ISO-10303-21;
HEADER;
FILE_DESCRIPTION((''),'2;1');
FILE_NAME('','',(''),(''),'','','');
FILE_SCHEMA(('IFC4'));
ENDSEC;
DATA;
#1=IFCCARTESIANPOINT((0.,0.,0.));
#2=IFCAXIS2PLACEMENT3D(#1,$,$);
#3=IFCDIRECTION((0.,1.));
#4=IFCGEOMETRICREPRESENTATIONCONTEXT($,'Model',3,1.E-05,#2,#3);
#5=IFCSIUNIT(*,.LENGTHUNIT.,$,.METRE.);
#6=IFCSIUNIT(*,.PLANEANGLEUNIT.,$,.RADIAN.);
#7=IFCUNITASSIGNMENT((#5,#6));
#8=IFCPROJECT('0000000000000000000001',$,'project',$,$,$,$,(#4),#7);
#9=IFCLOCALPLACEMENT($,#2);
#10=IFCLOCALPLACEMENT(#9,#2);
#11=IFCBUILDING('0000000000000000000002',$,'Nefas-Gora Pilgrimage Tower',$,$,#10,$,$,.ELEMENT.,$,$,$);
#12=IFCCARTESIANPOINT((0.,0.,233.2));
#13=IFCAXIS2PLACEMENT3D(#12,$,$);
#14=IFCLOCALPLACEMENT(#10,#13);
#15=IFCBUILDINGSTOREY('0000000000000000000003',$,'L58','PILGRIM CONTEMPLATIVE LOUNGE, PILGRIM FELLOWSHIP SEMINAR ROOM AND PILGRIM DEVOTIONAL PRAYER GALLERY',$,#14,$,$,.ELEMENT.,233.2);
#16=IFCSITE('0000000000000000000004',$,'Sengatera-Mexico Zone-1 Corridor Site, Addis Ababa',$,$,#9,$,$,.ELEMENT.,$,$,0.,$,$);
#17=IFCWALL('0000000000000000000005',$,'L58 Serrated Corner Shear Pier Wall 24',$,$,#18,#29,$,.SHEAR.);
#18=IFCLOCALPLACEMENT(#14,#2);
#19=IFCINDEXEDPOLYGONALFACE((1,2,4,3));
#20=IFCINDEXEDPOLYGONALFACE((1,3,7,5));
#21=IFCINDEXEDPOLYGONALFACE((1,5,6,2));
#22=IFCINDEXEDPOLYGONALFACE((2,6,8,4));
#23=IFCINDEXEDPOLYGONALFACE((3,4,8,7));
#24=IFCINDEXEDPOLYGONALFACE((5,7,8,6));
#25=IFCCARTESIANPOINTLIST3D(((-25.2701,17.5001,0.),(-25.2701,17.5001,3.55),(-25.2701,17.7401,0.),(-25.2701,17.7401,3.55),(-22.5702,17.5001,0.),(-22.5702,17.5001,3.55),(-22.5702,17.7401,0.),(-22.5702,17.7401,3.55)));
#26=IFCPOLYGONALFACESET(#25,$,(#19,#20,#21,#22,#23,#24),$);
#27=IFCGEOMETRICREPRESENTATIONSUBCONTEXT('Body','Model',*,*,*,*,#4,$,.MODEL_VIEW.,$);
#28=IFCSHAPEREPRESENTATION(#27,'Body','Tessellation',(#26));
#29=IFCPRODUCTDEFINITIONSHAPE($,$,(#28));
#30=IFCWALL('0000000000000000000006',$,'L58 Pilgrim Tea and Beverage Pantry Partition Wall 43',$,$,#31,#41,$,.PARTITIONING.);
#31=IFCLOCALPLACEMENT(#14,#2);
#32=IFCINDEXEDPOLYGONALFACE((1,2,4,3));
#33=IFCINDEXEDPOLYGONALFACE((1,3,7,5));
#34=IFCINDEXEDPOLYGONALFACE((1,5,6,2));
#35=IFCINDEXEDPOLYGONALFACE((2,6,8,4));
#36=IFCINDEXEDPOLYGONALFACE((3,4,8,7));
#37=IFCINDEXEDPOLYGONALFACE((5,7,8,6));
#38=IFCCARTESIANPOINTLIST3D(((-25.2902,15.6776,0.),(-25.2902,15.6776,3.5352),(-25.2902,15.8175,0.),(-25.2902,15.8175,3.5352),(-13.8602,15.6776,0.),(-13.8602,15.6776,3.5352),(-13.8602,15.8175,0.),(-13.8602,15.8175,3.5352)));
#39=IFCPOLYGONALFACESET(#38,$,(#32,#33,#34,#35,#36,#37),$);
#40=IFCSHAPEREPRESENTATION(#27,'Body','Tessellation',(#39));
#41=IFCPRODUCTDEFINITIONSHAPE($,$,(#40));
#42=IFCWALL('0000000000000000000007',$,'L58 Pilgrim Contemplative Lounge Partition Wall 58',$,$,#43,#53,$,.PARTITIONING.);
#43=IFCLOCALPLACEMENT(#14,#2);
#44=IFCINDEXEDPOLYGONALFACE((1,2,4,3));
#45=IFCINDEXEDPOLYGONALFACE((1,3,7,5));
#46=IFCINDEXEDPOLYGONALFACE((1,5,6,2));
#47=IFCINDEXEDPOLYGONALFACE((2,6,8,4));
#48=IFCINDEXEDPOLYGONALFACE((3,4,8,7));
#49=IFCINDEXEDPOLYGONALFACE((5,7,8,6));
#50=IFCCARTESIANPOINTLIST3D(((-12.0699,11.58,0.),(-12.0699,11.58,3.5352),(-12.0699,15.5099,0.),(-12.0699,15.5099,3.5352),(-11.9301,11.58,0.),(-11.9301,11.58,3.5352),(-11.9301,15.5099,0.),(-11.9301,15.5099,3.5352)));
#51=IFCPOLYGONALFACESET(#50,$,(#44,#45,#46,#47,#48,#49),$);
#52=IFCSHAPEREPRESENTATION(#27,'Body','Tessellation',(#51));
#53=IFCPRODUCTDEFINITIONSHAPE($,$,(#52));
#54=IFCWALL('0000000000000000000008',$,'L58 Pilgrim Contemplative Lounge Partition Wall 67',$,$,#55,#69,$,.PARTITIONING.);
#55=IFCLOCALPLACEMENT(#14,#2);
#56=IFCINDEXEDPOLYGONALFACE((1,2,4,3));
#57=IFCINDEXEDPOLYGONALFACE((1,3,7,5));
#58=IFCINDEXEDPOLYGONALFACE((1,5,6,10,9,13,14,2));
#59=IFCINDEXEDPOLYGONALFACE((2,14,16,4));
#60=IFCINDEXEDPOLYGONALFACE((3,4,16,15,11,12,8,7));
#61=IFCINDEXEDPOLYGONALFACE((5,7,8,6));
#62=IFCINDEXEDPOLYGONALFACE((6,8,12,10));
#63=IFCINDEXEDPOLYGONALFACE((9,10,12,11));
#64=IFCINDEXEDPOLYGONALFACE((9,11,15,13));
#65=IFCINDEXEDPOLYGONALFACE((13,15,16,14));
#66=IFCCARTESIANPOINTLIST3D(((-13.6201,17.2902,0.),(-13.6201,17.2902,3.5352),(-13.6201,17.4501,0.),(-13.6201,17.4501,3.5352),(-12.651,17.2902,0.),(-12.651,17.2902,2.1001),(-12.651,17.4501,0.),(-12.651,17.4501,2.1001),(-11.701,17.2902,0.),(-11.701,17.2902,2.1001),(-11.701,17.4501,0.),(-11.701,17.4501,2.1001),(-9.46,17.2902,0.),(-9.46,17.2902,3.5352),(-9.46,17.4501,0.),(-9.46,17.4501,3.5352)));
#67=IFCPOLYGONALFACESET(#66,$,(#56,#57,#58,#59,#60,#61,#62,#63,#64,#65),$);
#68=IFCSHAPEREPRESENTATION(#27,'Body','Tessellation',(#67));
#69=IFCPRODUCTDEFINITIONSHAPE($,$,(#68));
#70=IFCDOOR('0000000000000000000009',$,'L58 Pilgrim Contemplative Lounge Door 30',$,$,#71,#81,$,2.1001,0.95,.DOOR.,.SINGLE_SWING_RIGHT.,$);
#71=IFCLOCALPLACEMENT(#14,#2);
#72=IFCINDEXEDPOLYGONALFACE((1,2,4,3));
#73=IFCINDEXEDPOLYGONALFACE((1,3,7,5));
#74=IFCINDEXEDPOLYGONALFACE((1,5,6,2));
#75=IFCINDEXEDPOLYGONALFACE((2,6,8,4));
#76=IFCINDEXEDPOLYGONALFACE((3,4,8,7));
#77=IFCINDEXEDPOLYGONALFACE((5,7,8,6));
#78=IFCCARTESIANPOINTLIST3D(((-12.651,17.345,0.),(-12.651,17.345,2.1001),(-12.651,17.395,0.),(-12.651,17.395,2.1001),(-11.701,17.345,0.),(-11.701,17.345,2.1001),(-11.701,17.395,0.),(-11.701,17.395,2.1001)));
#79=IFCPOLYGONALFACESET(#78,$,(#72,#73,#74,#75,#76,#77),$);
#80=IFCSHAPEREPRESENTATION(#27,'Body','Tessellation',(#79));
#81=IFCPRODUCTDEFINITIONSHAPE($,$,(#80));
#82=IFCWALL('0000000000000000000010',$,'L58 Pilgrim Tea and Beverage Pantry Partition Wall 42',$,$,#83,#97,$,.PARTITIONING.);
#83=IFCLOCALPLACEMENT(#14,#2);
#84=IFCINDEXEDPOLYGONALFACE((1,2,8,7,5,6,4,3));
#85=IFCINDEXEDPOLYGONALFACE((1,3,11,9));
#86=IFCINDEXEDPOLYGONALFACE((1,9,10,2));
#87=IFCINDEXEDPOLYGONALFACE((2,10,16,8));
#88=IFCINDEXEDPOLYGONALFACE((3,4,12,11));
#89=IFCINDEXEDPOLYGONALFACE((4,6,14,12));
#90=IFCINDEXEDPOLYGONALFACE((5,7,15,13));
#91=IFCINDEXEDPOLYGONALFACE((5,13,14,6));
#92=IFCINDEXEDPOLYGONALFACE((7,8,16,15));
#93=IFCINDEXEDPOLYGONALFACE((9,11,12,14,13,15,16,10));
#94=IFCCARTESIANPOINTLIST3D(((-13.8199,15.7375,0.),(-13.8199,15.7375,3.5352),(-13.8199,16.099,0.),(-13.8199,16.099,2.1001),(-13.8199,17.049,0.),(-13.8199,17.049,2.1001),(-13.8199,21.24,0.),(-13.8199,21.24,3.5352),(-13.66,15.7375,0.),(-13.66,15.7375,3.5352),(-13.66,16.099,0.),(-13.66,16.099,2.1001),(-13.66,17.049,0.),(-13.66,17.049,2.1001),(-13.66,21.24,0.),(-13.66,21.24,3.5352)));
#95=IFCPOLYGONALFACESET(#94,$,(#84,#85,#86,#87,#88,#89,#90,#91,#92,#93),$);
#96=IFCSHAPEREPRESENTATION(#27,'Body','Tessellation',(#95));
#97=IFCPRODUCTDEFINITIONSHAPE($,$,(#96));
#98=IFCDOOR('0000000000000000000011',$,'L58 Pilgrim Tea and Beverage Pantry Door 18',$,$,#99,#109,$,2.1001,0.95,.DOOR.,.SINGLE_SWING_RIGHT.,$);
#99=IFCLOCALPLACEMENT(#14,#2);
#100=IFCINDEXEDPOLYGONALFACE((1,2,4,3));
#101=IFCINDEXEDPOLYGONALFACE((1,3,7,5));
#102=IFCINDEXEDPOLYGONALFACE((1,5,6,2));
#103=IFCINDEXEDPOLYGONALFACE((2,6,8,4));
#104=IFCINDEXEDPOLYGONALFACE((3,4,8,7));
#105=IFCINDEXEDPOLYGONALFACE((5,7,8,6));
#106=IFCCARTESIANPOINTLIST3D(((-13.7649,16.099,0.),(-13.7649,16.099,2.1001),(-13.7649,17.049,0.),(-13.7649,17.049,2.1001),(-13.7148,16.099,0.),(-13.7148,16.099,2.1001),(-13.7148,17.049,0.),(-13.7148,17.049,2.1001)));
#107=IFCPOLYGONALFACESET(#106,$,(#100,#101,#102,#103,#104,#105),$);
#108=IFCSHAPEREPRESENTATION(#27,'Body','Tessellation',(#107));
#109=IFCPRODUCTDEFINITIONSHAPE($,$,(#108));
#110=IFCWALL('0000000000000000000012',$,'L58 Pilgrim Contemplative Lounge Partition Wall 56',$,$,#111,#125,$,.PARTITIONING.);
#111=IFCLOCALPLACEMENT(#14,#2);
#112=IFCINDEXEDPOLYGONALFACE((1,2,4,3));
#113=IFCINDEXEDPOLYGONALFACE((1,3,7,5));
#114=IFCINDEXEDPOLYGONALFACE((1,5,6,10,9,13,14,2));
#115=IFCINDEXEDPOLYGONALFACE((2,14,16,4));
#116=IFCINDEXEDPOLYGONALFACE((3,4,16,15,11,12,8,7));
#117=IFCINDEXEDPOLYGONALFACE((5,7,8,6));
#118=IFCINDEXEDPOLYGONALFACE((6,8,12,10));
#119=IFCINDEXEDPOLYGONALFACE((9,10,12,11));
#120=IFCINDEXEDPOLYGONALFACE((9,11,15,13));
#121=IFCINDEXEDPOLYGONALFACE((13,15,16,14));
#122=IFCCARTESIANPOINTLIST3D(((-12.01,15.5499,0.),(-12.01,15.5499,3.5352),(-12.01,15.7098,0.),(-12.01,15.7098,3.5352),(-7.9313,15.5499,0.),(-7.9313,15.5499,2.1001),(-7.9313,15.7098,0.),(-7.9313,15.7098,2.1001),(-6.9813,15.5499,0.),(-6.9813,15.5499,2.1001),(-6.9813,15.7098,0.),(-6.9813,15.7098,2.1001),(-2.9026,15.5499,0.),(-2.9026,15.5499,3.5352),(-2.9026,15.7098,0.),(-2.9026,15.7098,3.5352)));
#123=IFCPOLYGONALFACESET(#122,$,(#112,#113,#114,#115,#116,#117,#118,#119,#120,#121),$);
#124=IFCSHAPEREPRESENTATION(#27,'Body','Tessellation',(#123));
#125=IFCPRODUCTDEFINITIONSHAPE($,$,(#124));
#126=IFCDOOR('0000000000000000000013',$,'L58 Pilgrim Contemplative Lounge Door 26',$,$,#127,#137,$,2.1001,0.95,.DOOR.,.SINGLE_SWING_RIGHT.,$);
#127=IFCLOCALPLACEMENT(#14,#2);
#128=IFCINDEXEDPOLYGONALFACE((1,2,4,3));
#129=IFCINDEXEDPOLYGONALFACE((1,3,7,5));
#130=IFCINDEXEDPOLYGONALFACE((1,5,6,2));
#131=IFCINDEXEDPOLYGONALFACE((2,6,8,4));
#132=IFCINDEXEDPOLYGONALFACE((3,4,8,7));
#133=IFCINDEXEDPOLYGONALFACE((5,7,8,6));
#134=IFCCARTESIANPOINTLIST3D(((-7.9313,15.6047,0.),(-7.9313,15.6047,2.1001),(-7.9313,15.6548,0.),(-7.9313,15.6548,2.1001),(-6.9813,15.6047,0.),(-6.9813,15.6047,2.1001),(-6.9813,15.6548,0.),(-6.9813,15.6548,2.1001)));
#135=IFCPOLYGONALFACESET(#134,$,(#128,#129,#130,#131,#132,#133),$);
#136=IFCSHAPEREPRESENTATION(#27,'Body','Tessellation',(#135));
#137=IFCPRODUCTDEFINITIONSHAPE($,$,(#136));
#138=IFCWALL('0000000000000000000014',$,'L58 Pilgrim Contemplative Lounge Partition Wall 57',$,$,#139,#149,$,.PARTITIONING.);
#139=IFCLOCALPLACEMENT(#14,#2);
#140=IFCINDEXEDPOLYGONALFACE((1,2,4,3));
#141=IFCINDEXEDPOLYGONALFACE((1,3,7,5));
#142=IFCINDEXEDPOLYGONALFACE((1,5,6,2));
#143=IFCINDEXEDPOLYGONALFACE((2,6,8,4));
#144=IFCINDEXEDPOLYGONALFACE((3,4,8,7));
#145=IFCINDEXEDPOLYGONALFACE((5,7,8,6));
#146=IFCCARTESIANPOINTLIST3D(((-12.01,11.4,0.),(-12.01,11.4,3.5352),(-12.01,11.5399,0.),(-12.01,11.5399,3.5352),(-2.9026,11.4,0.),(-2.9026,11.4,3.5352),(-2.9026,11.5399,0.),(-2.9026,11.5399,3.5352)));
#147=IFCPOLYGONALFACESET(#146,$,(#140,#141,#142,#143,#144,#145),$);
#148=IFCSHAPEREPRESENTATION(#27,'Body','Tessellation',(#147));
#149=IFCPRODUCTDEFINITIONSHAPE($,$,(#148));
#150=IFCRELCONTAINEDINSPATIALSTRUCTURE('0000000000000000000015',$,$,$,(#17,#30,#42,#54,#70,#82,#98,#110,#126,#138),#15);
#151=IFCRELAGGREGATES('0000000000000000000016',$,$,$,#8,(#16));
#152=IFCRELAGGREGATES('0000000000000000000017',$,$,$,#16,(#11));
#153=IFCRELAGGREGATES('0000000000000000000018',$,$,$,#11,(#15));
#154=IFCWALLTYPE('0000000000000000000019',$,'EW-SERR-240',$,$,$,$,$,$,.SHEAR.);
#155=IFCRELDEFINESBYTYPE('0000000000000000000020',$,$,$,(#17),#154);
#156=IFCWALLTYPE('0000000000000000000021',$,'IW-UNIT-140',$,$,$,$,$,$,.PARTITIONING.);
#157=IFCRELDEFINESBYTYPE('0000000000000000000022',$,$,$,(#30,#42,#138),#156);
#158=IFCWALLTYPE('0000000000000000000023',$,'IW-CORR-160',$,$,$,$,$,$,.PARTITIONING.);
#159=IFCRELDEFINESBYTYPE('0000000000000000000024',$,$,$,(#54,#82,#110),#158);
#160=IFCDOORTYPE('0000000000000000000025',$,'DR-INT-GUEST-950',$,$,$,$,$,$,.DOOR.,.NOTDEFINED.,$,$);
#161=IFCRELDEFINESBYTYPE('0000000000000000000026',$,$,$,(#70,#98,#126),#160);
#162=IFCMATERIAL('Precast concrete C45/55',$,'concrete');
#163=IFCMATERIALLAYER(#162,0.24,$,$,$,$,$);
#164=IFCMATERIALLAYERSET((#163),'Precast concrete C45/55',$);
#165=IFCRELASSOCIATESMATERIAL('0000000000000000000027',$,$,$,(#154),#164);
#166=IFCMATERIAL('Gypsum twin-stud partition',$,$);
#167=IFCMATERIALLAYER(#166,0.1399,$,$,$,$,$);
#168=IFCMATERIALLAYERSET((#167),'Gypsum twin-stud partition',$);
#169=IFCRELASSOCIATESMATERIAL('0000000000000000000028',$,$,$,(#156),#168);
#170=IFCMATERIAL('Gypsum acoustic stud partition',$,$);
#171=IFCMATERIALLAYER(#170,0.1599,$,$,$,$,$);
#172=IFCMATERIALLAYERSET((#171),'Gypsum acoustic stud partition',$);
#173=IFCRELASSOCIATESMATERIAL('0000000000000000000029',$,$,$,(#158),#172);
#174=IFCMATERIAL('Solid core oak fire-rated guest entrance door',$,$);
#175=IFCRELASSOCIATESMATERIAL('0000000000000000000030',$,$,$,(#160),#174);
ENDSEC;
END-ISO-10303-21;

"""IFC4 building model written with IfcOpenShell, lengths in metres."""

from ifc_helpers import new_model, si_unit, direction, frame, frame_2d, origin, place, context, subcontext, project, spatial, rectangle, extrude, source, transform, mapped, material, layer, layer_set, type_object, element, fill, save


model = new_model("IFC4")

# Units and contexts
model_context = context("Model", 3, precision=1e-05, world=origin(), true_north=direction((0.0, 1.0)))
body_context = subcontext(model_context, "Body", "Model", "MODEL_VIEW")
ifc_project = project(units=[si_unit("LENGTHUNIT", "METRE"), si_unit("PLANEANGLEUNIT", "RADIAN")], contexts=[model_context])

# Site, building, storey
site_placement = place(None, origin())
site = spatial("IfcSite", under=ifc_project, at=site_placement, Name="Sengatera-Mexico Zone-1 Corridor Site, Addis Ababa", CompositionType="ELEMENT", RefElevation=0.0)
building_placement = place(site_placement, origin())
building = spatial("IfcBuilding", under=site, at=building_placement, Name="Nefas-Gora Pilgrimage Tower", CompositionType="ELEMENT")
storey_placement = place(building_placement, frame((0.0, 0.0, 233.2)))
storey = spatial("IfcBuildingStorey", under=building, at=storey_placement, Name="L58", Description="PILGRIM CONTEMPLATIVE LOUNGE, PILGRIM FELLOWSHIP SEMINAR ROOM AND PILGRIM DEVOTIONAL PRAYER GALLERY", CompositionType="ELEMENT", Elevation=233.2)

# Shared definitions
ifc_material_1 = material(Name="Precast concrete C45/55", Category="concrete")
ifc_layer_1 = layer(ifc_material_1, 0.24)
ifc_layer_set_1 = layer_set([ifc_layer_1], Name="Precast concrete C45/55")
wall_type_1 = type_object("IfcWallType", Name="EW-SERR-240", PredefinedType="SHEAR", material=ifc_layer_set_1)
shared_shape_1 = source(origin(), body_context, "Body", "SweptSolid", [
    extrude(rectangle(XDim=2.7, YDim=0.24, at=frame_2d((1.3501, 0.0))), origin(), (0.0, 0.0, 1.0), 3.55),
])

# Walls
for number, where, z_axis, x_axis, name in (
    (1, (-22.5701, 17.6201, 0.0), (0.0, 0.0, 1.0), (-1.0, 0.0, 0.0), "L58 Serrated Corner Shear Pier Wall 24"),
):
    element("IfcWall", number, at=place(storey_placement, frame(where, z_axis=z_axis, x_axis=x_axis)), inside=storey, type_object=wall_type_1, Name=name, PredefinedType="SHEAR", context=body_context, shape_type="MappedRepresentation", body=[
        mapped(shared_shape_1, transform((0.0, 0.0, 0.0), x_axis=(1.0, 0.0, 0.0), y_axis=(0.0, 1.0, 0.0), z_axis=(0.0, 0.0, 1.0), scale=1.0)),
    ])
ifc_material_2 = material(Name="Gypsum twin-stud partition")
ifc_layer_2 = layer(ifc_material_2, 0.1399)
ifc_layer_set_2 = layer_set([ifc_layer_2], Name="Gypsum twin-stud partition")
wall_type_2 = type_object("IfcWallType", Name="IW-UNIT-140", PredefinedType="PARTITIONING", material=ifc_layer_set_2)
shared_shape_2 = source(origin(), body_context, "Body", "SweptSolid", [
    extrude(rectangle(XDim=11.4299, YDim=0.1399, at=frame_2d((5.7148, 0.0))), origin(), (0.0, 0.0, 1.0), 3.5352),
])
wall_1_placement = place(storey_placement, frame((-25.29, 15.7476, 0.0), z_axis=(0.0, 0.0, 1.0), x_axis=(1.0, 0.0, 0.0)))
element("IfcWall", 2, at=wall_1_placement, inside=storey, type_object=wall_type_2, Name="L58 Pilgrim Tea and Beverage Pantry Partition Wall 43", PredefinedType="PARTITIONING", context=body_context, shape_type="MappedRepresentation", body=[
    mapped(shared_shape_2, transform((0.0, 0.0, 0.0), x_axis=(1.0, 0.0, 0.0), y_axis=(0.0, 1.0, 0.0), z_axis=(0.0, 0.0, 1.0), scale=1.0)),
])
shared_shape_3 = source(origin(), body_context, "Body", "SweptSolid", [
    extrude(rectangle(XDim=3.9299, YDim=0.1399, at=frame_2d((1.9648, 0.0))), origin(), (0.0, 0.0, 1.0), 3.5352),
])
wall_2_placement = place(storey_placement, frame((-12.0, 11.5801, 0.0), z_axis=(0.0, 0.0, 1.0), x_axis=(0.0, 1.0, 0.0)))
element("IfcWall", 3, at=wall_2_placement, inside=storey, type_object=wall_type_2, Name="L58 Pilgrim Contemplative Lounge Partition Wall 58", PredefinedType="PARTITIONING", context=body_context, shape_type="MappedRepresentation", body=[
    mapped(shared_shape_3, transform((0.0, 0.0, 0.0), x_axis=(1.0, 0.0, 0.0), y_axis=(0.0, 1.0, 0.0), z_axis=(0.0, 0.0, 1.0), scale=1.0)),
])

# Walls, openings, doors
ifc_material_3 = material(Name="Gypsum acoustic stud partition")
ifc_layer_3 = layer(ifc_material_3, 0.1599)
ifc_layer_set_3 = layer_set([ifc_layer_3], Name="Gypsum acoustic stud partition")
wall_type_3 = type_object("IfcWallType", Name="IW-CORR-160", PredefinedType="PARTITIONING", material=ifc_layer_set_3)
shared_shape_4 = source(origin(), body_context, "Body", "SweptSolid", [
    extrude(rectangle(XDim=4.1602, YDim=0.1599, at=frame_2d((2.0801, 0.0))), origin(), (0.0, 0.0, 1.0), 3.5352),
])
wall_3_placement = place(storey_placement, frame((-13.6201, 17.3701, 0.0), z_axis=(0.0, 0.0, 1.0), x_axis=(1.0, 0.0, 0.0)))
wall_3 = element("IfcWall", 4, at=wall_3_placement, inside=storey, type_object=wall_type_3, Name="L58 Pilgrim Contemplative Lounge Partition Wall 67", PredefinedType="PARTITIONING", context=body_context, shape_type="MappedRepresentation", body=[
    mapped(shared_shape_4, transform((0.0, 0.0, 0.0), x_axis=(1.0, 0.0, 0.0), y_axis=(0.0, 1.0, 0.0), z_axis=(0.0, 0.0, 1.0), scale=1.0)),
])
opening_1_placement = place(wall_3_placement, frame((0.969, 0.0, 0.0)))
opening_1 = element("IfcOpeningElement", 5, at=opening_1_placement, cuts=wall_3, PredefinedType="OPENING", context=body_context, shape_type="SweptSolid", body=[
    extrude(rectangle(XDim=0.95, YDim=2.1001, at=frame_2d((0.4751, 1.05))), frame((0.0, 0.0898, 0.0), z_axis=(0.0, -1.0, 0.0), x_axis=(1.0, 0.0, 0.0)), (0.0, 0.0, 1.0), 0.1799),
])
ifc_material_4 = material(Name="Solid core oak fire-rated guest entrance door")
door_type = type_object("IfcDoorType", Name="DR-INT-GUEST-950", OperationType="NOTDEFINED", PredefinedType="DOOR", material=ifc_material_4)
shared_shape_5 = source(origin(), body_context, "Body", "SweptSolid", [
    extrude(rectangle(XDim=0.95, YDim=2.1001, at=frame_2d((0.4751, 1.05))), frame((0.0, 0.0249, 0.0), z_axis=(0.0, -1.0, 0.0), x_axis=(1.0, 0.0, 0.0)), (0.0, 0.0, 1.0), 0.05),
])
door_1_placement = place(opening_1_placement, origin())
door_1 = element("IfcDoor", 6, at=door_1_placement, inside=storey, type_object=door_type, Name="L58 Pilgrim Contemplative Lounge Door 30", OperationType="SINGLE_SWING_RIGHT", OverallHeight=2.1001, OverallWidth=0.95, PredefinedType="DOOR", context=body_context, shape_type="MappedRepresentation", body=[
    mapped(shared_shape_5, transform((0.0, 0.0, 0.0), x_axis=(1.0, 0.0, 0.0), y_axis=(0.0, 1.0, 0.0), z_axis=(0.0, 0.0, 1.0), scale=1.0)),
])
fill(opening_1, door_1)
shared_shape_6 = source(origin(), body_context, "Body", "SweptSolid", [
    extrude(rectangle(XDim=5.5024, YDim=0.1599, at=frame_2d((2.7512, 0.0))), origin(), (0.0, 0.0, 1.0), 3.5352),
])
wall_4_placement = place(storey_placement, frame((-13.74, 15.7375, 0.0), z_axis=(0.0, 0.0, 1.0), x_axis=(0.0, 1.0, 0.0)))
wall_4 = element("IfcWall", 7, at=wall_4_placement, inside=storey, type_object=wall_type_3, Name="L58 Pilgrim Tea and Beverage Pantry Partition Wall 42", PredefinedType="PARTITIONING", context=body_context, shape_type="MappedRepresentation", body=[
    mapped(shared_shape_6, transform((0.0, 0.0, 0.0), x_axis=(1.0, 0.0, 0.0), y_axis=(0.0, 1.0, 0.0), z_axis=(0.0, 0.0, 1.0), scale=1.0)),
])
opening_2_placement = place(wall_4_placement, frame((0.3613, 0.0, 0.0)))
opening_2 = element("IfcOpeningElement", 8, at=opening_2_placement, cuts=wall_4, PredefinedType="OPENING", context=body_context, shape_type="SweptSolid", body=[
    extrude(rectangle(XDim=0.95, YDim=2.1001, at=frame_2d((0.4751, 1.05))), frame((0.0, 0.0898, 0.0), z_axis=(0.0, -1.0, 0.0), x_axis=(1.0, 0.0, 0.0)), (0.0, 0.0, 1.0), 0.1799),
])
door_2_placement = place(opening_2_placement, origin())
door_2 = element("IfcDoor", 9, at=door_2_placement, inside=storey, type_object=door_type, Name="L58 Pilgrim Tea and Beverage Pantry Door 18", OperationType="SINGLE_SWING_RIGHT", OverallHeight=2.1001, OverallWidth=0.95, PredefinedType="DOOR", context=body_context, shape_type="MappedRepresentation", body=[
    mapped(shared_shape_5, transform((0.0, 0.0, 0.0), x_axis=(1.0, 0.0, 0.0), y_axis=(0.0, 1.0, 0.0), z_axis=(0.0, 0.0, 1.0), scale=1.0)),
])
fill(opening_2, door_2)
shared_shape_7 = source(origin(), body_context, "Body", "SweptSolid", [
    extrude(rectangle(XDim=9.1074, YDim=0.1599, at=frame_2d((4.5537, 0.0))), origin(), (0.0, 0.0, 1.0), 3.5352),
])
wall_5_placement = place(storey_placement, frame((-12.01, 15.6299, 0.0), z_axis=(0.0, 0.0, 1.0), x_axis=(1.0, 0.0, 0.0)))
wall_5 = element("IfcWall", 10, at=wall_5_placement, inside=storey, type_object=wall_type_3, Name="L58 Pilgrim Contemplative Lounge Partition Wall 56", PredefinedType="PARTITIONING", context=body_context, shape_type="MappedRepresentation", body=[
    mapped(shared_shape_7, transform((0.0, 0.0, 0.0), x_axis=(1.0, 0.0, 0.0), y_axis=(0.0, 1.0, 0.0), z_axis=(0.0, 0.0, 1.0), scale=1.0)),
])
opening_3_placement = place(wall_5_placement, frame((4.0786, 0.0, 0.0)))
opening_3 = element("IfcOpeningElement", 11, at=opening_3_placement, cuts=wall_5, PredefinedType="OPENING", context=body_context, shape_type="SweptSolid", body=[
    extrude(rectangle(XDim=0.95, YDim=2.1001, at=frame_2d((0.4751, 1.05))), frame((0.0, 0.0898, 0.0), z_axis=(0.0, -1.0, 0.0), x_axis=(1.0, 0.0, 0.0)), (0.0, 0.0, 1.0), 0.1799),
])
door_3_placement = place(opening_3_placement, origin())
door_3 = element("IfcDoor", 12, at=door_3_placement, inside=storey, type_object=door_type, Name="L58 Pilgrim Contemplative Lounge Door 26", OperationType="SINGLE_SWING_RIGHT", OverallHeight=2.1001, OverallWidth=0.95, PredefinedType="DOOR", context=body_context, shape_type="MappedRepresentation", body=[
    mapped(shared_shape_5, transform((0.0, 0.0, 0.0), x_axis=(1.0, 0.0, 0.0), y_axis=(0.0, 1.0, 0.0), z_axis=(0.0, 0.0, 1.0), scale=1.0)),
])
fill(opening_3, door_3)

# Wall
shared_shape_8 = source(origin(), body_context, "Body", "SweptSolid", [
    extrude(rectangle(XDim=9.1074, YDim=0.1399, at=frame_2d((4.5537, 0.0))), origin(), (0.0, 0.0, 1.0), 3.5352),
])
wall_6_placement = place(storey_placement, frame((-12.01, 11.47, 0.0), z_axis=(0.0, 0.0, 1.0), x_axis=(1.0, 0.0, 0.0)))
element("IfcWall", 13, at=wall_6_placement, inside=storey, type_object=wall_type_2, Name="L58 Pilgrim Contemplative Lounge Partition Wall 57", PredefinedType="PARTITIONING", context=body_context, shape_type="MappedRepresentation", body=[
    mapped(shared_shape_8, transform((0.0, 0.0, 0.0), x_axis=(1.0, 0.0, 0.0), y_axis=(0.0, 1.0, 0.0), z_axis=(0.0, 0.0, 1.0), scale=1.0)),
])

save(model, "model.ifc")
